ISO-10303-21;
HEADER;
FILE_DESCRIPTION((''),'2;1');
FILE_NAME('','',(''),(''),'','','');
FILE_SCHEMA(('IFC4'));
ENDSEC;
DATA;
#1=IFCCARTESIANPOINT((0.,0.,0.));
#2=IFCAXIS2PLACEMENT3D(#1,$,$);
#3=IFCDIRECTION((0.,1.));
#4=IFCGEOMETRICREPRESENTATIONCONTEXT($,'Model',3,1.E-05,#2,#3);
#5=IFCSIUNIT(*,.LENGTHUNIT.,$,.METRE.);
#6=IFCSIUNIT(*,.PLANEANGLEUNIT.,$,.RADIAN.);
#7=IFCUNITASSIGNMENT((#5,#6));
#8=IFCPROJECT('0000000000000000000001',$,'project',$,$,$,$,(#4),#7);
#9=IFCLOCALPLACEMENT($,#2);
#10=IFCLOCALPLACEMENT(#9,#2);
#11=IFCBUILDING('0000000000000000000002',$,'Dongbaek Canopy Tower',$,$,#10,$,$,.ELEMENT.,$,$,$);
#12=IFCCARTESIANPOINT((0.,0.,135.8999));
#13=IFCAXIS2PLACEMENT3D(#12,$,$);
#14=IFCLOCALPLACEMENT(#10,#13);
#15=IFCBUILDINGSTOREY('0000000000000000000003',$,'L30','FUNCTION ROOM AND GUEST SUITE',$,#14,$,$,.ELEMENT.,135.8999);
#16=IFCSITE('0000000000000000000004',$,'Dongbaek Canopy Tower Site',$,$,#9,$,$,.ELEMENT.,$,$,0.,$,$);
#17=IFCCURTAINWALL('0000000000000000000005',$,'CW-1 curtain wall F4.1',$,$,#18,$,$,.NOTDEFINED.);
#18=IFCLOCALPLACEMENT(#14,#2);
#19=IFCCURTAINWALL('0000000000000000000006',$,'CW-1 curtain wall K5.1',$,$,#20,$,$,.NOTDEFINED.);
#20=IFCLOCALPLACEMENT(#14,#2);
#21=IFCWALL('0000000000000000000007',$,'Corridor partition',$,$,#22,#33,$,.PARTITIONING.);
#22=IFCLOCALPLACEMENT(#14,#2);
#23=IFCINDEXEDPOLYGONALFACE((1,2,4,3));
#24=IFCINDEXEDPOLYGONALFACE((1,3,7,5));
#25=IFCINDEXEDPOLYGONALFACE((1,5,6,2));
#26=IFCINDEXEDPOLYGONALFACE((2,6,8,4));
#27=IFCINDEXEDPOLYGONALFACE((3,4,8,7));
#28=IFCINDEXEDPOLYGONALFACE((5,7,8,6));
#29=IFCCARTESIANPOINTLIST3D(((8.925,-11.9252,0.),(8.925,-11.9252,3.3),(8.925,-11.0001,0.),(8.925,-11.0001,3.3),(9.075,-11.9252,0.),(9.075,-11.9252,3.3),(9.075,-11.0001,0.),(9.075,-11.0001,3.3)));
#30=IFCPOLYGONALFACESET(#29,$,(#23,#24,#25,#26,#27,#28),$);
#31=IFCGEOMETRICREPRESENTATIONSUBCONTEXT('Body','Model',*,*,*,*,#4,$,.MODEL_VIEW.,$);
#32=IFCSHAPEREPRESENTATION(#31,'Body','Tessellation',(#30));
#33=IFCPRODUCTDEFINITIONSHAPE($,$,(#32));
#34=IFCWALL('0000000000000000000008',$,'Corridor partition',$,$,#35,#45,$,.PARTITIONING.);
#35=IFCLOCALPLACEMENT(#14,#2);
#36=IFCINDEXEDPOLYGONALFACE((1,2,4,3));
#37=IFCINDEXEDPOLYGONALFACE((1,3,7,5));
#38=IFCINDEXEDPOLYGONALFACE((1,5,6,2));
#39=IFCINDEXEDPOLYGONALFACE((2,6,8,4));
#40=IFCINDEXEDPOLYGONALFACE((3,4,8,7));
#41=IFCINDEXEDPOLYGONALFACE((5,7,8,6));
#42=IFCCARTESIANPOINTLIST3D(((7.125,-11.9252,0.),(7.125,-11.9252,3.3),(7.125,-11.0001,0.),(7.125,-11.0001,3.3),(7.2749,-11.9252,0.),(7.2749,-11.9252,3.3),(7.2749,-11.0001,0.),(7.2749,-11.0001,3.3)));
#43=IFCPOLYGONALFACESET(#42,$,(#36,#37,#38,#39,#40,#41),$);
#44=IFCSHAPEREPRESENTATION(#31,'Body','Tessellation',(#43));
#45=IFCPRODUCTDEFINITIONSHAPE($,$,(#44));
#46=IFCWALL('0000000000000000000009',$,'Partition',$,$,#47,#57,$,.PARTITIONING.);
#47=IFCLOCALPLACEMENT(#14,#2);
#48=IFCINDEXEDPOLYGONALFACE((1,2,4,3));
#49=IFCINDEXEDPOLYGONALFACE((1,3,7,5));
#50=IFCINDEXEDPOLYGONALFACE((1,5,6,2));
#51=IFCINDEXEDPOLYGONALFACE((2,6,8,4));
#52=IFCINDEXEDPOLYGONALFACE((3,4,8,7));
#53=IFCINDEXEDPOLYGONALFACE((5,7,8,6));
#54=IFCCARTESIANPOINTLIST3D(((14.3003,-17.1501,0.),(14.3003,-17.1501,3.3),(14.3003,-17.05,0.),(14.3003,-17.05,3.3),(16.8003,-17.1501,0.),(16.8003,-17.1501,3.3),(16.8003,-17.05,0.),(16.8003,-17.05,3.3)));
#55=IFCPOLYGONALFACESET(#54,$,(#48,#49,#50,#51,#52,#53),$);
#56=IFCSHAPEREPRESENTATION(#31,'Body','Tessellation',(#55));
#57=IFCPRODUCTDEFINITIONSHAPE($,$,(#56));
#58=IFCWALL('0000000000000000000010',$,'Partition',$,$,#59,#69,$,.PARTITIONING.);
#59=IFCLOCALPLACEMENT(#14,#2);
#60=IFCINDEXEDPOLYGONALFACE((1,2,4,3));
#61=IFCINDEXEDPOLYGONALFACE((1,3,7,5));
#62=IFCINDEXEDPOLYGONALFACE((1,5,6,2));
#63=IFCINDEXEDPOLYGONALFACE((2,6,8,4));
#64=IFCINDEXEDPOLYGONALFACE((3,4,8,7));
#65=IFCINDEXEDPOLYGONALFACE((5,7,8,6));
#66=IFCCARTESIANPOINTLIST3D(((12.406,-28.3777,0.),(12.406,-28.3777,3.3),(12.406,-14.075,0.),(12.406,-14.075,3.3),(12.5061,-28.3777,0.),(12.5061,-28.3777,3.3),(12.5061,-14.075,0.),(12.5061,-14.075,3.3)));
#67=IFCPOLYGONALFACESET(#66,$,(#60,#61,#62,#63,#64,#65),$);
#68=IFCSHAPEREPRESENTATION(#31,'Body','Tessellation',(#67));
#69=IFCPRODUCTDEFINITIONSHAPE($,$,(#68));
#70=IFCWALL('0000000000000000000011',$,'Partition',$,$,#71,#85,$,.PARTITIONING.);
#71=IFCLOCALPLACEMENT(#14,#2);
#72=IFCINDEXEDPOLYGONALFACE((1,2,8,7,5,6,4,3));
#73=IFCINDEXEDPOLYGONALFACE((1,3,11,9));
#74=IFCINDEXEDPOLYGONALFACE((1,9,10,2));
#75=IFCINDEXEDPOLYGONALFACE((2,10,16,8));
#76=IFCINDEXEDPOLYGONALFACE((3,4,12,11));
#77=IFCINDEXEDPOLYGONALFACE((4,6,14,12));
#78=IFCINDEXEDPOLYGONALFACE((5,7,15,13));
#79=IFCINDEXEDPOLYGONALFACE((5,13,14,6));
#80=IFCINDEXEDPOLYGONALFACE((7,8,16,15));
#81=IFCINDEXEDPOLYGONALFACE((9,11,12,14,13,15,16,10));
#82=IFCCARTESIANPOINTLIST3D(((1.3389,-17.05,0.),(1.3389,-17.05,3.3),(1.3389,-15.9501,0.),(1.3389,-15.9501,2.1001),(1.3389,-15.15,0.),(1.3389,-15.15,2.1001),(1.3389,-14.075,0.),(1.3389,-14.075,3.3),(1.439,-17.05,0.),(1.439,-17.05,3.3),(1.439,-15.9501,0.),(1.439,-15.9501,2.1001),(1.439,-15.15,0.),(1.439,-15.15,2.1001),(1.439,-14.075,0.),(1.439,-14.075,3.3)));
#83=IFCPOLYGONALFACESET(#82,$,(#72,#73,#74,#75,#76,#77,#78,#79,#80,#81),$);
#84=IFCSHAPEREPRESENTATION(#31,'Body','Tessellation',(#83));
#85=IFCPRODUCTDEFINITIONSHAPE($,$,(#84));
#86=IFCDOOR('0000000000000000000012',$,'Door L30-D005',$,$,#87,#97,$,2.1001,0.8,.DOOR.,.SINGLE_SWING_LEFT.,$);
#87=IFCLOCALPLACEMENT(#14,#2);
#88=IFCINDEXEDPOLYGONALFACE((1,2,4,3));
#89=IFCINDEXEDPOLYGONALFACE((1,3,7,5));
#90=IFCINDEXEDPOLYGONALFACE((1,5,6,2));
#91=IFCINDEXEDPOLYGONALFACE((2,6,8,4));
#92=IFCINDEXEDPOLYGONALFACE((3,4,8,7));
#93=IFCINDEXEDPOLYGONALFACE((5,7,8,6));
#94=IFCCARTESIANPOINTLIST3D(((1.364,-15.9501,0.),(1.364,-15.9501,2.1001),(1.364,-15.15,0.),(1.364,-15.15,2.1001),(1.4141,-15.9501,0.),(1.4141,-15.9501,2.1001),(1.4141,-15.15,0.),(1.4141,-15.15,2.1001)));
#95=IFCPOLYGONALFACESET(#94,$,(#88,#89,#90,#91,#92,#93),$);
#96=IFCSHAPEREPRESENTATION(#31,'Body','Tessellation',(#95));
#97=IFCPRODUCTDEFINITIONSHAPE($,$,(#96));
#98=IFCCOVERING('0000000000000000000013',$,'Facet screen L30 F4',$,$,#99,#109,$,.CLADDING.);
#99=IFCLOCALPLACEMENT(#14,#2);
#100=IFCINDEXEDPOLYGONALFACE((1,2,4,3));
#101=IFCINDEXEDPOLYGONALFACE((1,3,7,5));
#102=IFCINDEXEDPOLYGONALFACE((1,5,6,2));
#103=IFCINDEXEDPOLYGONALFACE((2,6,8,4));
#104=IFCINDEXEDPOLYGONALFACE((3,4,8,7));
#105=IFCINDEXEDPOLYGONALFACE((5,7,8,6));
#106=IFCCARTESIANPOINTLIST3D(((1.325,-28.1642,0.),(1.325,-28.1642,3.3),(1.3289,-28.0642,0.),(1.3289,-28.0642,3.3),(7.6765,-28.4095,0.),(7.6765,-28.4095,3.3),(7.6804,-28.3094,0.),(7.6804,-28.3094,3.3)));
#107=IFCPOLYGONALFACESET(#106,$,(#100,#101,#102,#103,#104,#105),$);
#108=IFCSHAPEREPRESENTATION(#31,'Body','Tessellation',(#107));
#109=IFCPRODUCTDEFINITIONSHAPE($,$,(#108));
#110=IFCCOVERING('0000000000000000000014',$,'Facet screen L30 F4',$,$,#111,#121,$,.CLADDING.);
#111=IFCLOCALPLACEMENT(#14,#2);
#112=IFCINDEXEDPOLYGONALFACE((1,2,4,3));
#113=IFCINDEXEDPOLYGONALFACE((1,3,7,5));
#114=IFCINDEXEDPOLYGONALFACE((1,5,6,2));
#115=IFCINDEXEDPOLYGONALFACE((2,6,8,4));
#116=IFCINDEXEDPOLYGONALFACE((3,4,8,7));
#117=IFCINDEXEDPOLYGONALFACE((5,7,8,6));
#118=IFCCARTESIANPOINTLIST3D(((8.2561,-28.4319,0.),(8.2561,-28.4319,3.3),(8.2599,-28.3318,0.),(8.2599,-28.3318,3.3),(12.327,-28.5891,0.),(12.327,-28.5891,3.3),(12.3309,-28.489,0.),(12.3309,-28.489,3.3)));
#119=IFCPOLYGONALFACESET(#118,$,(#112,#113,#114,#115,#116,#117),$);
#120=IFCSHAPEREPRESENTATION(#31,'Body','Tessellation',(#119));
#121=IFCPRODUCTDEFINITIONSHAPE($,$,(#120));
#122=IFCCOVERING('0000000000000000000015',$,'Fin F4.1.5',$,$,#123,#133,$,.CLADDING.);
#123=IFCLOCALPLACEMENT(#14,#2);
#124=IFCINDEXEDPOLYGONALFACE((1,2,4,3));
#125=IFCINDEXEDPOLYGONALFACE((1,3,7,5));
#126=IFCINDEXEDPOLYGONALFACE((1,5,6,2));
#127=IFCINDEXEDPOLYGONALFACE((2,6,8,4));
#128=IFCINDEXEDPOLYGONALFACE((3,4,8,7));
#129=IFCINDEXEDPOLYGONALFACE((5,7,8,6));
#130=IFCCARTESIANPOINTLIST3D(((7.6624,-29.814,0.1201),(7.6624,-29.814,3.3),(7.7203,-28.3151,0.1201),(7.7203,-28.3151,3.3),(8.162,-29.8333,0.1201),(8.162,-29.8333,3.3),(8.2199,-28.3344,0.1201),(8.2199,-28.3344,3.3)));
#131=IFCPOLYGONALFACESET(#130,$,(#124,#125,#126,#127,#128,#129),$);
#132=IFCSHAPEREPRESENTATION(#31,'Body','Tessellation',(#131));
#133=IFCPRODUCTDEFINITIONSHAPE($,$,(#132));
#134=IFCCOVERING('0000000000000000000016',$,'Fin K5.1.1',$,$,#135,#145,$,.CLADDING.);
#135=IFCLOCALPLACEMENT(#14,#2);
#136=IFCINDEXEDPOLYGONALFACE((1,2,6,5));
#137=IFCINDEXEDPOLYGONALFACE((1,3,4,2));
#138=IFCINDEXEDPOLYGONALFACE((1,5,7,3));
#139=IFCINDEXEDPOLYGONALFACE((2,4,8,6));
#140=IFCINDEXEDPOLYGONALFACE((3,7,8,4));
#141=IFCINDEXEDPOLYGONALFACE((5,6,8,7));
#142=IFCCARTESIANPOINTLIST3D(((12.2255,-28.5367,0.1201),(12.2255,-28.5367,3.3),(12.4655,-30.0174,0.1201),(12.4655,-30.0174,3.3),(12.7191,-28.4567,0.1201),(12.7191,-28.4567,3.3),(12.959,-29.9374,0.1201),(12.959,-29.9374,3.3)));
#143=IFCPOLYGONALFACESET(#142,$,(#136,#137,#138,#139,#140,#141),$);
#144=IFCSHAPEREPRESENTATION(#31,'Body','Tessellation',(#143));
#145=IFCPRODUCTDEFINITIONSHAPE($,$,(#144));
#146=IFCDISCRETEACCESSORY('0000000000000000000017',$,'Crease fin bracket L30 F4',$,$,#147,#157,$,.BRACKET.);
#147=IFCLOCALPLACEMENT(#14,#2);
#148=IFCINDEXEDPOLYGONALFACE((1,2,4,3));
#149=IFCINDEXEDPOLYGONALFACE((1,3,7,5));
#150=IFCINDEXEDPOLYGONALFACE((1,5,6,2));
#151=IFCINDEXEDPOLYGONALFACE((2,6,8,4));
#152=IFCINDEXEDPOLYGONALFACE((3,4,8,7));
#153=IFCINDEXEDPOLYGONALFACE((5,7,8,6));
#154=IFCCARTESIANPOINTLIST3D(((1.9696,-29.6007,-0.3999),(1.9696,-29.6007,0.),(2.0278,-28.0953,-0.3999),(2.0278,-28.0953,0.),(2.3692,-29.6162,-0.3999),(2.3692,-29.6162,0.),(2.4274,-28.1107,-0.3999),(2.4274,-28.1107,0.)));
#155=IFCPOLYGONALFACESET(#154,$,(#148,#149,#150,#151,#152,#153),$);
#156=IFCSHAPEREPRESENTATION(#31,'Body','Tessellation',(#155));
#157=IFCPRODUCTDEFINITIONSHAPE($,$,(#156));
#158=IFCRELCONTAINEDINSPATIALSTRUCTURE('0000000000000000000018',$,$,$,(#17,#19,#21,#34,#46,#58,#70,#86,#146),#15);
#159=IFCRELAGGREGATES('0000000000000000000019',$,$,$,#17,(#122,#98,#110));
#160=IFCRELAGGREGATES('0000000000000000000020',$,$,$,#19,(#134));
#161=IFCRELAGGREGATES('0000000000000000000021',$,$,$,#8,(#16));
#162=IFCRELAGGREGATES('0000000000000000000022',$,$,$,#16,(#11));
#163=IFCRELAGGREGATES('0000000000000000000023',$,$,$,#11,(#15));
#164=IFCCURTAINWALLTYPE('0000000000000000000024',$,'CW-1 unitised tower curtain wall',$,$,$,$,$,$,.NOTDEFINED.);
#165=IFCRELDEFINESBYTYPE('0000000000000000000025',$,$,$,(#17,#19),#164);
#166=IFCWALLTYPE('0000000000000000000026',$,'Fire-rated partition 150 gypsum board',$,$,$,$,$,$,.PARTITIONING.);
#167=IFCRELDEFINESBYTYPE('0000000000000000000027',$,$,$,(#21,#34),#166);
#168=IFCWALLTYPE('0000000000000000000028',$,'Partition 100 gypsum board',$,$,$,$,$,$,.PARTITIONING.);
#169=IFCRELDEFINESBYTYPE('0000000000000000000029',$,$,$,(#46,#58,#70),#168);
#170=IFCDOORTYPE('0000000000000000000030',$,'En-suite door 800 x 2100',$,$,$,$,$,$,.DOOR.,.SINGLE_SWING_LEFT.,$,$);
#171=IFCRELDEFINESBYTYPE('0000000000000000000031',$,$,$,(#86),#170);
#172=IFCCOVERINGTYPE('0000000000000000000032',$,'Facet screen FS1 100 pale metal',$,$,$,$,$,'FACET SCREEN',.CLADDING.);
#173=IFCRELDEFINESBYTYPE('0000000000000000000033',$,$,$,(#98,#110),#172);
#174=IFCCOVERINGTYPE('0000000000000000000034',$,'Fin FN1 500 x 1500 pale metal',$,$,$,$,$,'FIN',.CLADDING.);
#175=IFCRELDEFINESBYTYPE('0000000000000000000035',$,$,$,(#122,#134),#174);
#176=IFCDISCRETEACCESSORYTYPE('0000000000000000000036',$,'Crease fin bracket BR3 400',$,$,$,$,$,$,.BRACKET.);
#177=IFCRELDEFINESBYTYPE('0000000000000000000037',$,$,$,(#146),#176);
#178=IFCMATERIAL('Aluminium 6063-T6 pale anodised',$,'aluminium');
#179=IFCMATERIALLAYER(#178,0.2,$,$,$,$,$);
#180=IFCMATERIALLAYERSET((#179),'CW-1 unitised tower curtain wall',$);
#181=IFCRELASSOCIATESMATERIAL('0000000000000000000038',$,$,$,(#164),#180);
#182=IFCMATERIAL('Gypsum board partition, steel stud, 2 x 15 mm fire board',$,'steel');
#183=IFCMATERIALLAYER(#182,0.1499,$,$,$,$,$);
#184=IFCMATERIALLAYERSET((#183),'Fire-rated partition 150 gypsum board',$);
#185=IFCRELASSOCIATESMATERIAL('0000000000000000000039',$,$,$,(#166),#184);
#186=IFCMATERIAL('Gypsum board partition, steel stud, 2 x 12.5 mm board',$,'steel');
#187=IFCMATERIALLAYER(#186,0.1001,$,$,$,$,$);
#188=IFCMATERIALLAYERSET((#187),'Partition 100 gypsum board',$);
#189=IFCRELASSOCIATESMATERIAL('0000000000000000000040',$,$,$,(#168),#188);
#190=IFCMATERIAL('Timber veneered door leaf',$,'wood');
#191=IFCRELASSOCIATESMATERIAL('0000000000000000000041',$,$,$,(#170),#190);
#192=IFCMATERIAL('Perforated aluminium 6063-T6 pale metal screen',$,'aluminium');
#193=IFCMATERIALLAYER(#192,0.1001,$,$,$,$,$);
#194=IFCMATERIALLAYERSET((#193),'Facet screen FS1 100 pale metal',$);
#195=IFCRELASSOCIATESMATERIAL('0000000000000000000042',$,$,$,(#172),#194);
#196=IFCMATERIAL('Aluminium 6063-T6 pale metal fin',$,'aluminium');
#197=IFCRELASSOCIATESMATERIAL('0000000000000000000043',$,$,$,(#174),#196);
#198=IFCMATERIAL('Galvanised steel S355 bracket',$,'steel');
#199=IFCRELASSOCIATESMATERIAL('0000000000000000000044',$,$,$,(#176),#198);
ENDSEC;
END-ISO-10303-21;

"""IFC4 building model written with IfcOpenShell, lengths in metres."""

from ifc_helpers import new_model, si_unit, direction, frame, frame_2d, origin, origin_2d, place, context, subcontext, project, spatial, rectangle, extrude, material, layer, layer_set, material_profile, profile_set, type_object, element, fill, aggregate, save


model = new_model("IFC4")

# Units and contexts
model_context = context("Model", 3, precision=1e-05, world=origin(), true_north=direction((0.0, 1.0)))
body_context = subcontext(model_context, "Body", "Model", "MODEL_VIEW")
ifc_project = project(units=[si_unit("LENGTHUNIT", "METRE"), si_unit("PLANEANGLEUNIT", "RADIAN")], contexts=[model_context])

# Site, building, storey
site_placement = place(None, origin())
site = spatial("IfcSite", under=ifc_project, at=site_placement, Name="Dongbaek Canopy Tower Site", CompositionType="ELEMENT", RefElevation=0.0)
building_placement = place(site_placement, origin())
building = spatial("IfcBuilding", under=site, at=building_placement, Name="Dongbaek Canopy Tower", CompositionType="ELEMENT")
storey_placement = place(building_placement, frame((0.0, 0.0, 135.8999)))
storey = spatial("IfcBuildingStorey", under=building, at=storey_placement, Name="L30", Description="FUNCTION ROOM AND GUEST SUITE", CompositionType="ELEMENT", Elevation=135.8999)

# Curtain wall
ifc_material_1 = material(Name="Aluminium 6063-T6 pale anodised", Category="aluminium")
ifc_layer_1 = layer(ifc_material_1, 0.2)
ifc_layer_set_1 = layer_set([ifc_layer_1], Name="CW-1 unitised tower curtain wall")
curtain_wall_type = type_object("IfcCurtainWallType", Name="CW-1 unitised tower curtain wall", PredefinedType="NOTDEFINED", material=ifc_layer_set_1)
curtain_wall_1_placement = place(storey_placement, origin())
curtain_wall_1 = element("IfcCurtainWall", 1, at=curtain_wall_1_placement, inside=storey, type_object=curtain_wall_type, Name="CW-1 curtain wall F4.1", PredefinedType="NOTDEFINED")

# Curtain wall
curtain_wall_2_placement = place(storey_placement, origin())
curtain_wall_2 = element("IfcCurtainWall", 2, at=curtain_wall_2_placement, inside=storey, type_object=curtain_wall_type, Name="CW-1 curtain wall K5.1", PredefinedType="NOTDEFINED")

# Walls
ifc_material_2 = material(Name="Gypsum board partition, steel stud, 2 x 15 mm fire board", Category="steel")
ifc_layer_2 = layer(ifc_material_2, 0.1499)
ifc_layer_set_2 = layer_set([ifc_layer_2], Name="Fire-rated partition 150 gypsum board")
wall_type_1 = type_object("IfcWallType", Name="Fire-rated partition 150 gypsum board", PredefinedType="PARTITIONING", material=ifc_layer_set_2)
for number, where, z_axis, x_axis, name in (
    (3, (9.0, -11.925, 0.0), (0.0, 0.0, 1.0), (0.0, 1.0, 0.0), "Corridor partition"),
    (4, (7.2, -11.925, 0.0), (0.0, 0.0, 1.0), (0.0, 1.0, 0.0), "Corridor partition"),
):
    element("IfcWall", number, at=place(storey_placement, frame(where, z_axis=z_axis, x_axis=x_axis)), inside=storey, type_object=wall_type_1, Name=name, PredefinedType="PARTITIONING", context=body_context, shape_type="SweptSolid", body=[
        extrude(rectangle(XDim=0.925, YDim=0.1499, at=frame_2d((0.4624, 0.0))), origin(), (0.0, 0.0, 1.0), 3.3),
    ])
ifc_material_3 = material(Name="Gypsum board partition, steel stud, 2 x 12.5 mm board", Category="steel")
ifc_layer_3 = layer(ifc_material_3, 0.1001)
ifc_layer_set_3 = layer_set([ifc_layer_3], Name="Partition 100 gypsum board")
wall_type_2 = type_object("IfcWallType", Name="Partition 100 gypsum board", PredefinedType="PARTITIONING", material=ifc_layer_set_3)
wall_1_placement = place(storey_placement, frame((14.3003, -17.1001, 0.0), z_axis=(0.0, 0.0, 1.0), x_axis=(1.0, 0.0, 0.0)))
element("IfcWall", 5, at=wall_1_placement, inside=storey, type_object=wall_type_2, Name="Partition", PredefinedType="PARTITIONING", context=body_context, shape_type="SweptSolid", body=[
    extrude(rectangle(XDim=2.5, YDim=0.1001, at=frame_2d((1.25, 0.0))), origin(), (0.0, 0.0, 1.0), 3.3),
])
wall_2_placement = place(storey_placement, frame((12.4561, -28.3777, 0.0), z_axis=(0.0, 0.0, 1.0), x_axis=(0.0, 1.0, 0.0)))
element("IfcWall", 6, at=wall_2_placement, inside=storey, type_object=wall_type_2, Name="Partition", PredefinedType="PARTITIONING", context=body_context, shape_type="SweptSolid", body=[
    extrude(rectangle(XDim=14.3027, YDim=0.1001, at=frame_2d((7.1514, 0.0))), origin(), (0.0, 0.0, 1.0), 3.3),
])

# Wall, opening, door
wall_3_placement = place(storey_placement, frame((1.3889, -17.05, 0.0), z_axis=(0.0, 0.0, 1.0), x_axis=(0.0, 1.0, 0.0)))
wall_3 = element("IfcWall", 7, at=wall_3_placement, inside=storey, type_object=wall_type_2, Name="Partition", PredefinedType="PARTITIONING", context=body_context, shape_type="SweptSolid", body=[
    extrude(rectangle(XDim=2.9751, YDim=0.1001, at=frame_2d((1.4875, 0.0))), origin(), (0.0, 0.0, 1.0), 3.3),
])
opening_placement = place(wall_3_placement, frame((1.1001, 0.0, 0.0)))
opening = element("IfcOpeningElement", 8, at=opening_placement, cuts=wall_3, PredefinedType="OPENING", context=body_context, shape_type="SweptSolid", body=[
    extrude(rectangle(XDim=0.8, YDim=2.1001, at=frame_2d((0.3999, 1.05))), frame((0.0, 0.0601, 0.0), z_axis=(0.0, -1.0, 0.0), x_axis=(1.0, 0.0, 0.0)), (0.0, 0.0, 1.0), 0.1201),
])
ifc_material_4 = material(Name="Timber veneered door leaf", Category="wood")
door_type = type_object("IfcDoorType", Name="En-suite door 800 x 2100", OperationType="SINGLE_SWING_LEFT", PredefinedType="DOOR", material=ifc_material_4)
door_placement = place(opening_placement, origin())
door = element("IfcDoor", 9, at=door_placement, inside=storey, type_object=door_type, Name="Door L30-D005", OperationType="SINGLE_SWING_LEFT", OverallHeight=2.1001, OverallWidth=0.8, PredefinedType="DOOR", context=body_context, shape_type="SweptSolid", body=[
    extrude(rectangle(XDim=0.8, YDim=2.1001, at=frame_2d((0.3999, 1.05))), frame((0.0, 0.0249, 0.0), z_axis=(0.0, -1.0, 0.0), x_axis=(1.0, 0.0, 0.0)), (0.0, 0.0, 1.0), 0.05),
])
fill(opening, door)

# Coverings
ifc_material_5 = material(Name="Perforated aluminium 6063-T6 pale metal screen", Category="aluminium")
ifc_layer_4 = layer(ifc_material_5, 0.1001)
ifc_layer_set_4 = layer_set([ifc_layer_4], Name="Facet screen FS1 100 pale metal")
covering_type_1 = type_object("IfcCoveringType", Name="Facet screen FS1 100 pale metal", ElementType="FACET SCREEN", PredefinedType="CLADDING", material=ifc_layer_set_4)
covering_1_placement = place(storey_placement, frame((4.5027, -28.2368, 0.0), z_axis=(0.0, 0.0, 1.0), x_axis=(0.999255, -0.038587, 0.0)))
covering_1 = element("IfcCovering", 10, at=covering_1_placement, type_object=covering_type_1, Name="Facet screen L30 F4", PredefinedType="CLADDING", context=body_context, shape_type="SweptSolid", body=[
    extrude(rectangle(XDim=6.3562, YDim=0.1001, at=origin_2d()), origin(), (0.0, 0.0, 1.0), 3.3),
])
covering_2_placement = place(storey_placement, frame((10.2935, -28.4604, 0.0), z_axis=(0.0, 0.0, 1.0), x_axis=(0.999255, -0.038587, 0.0)))
covering_2 = element("IfcCovering", 11, at=covering_2_placement, type_object=covering_type_1, Name="Facet screen L30 F4", PredefinedType="CLADDING", context=body_context, shape_type="SweptSolid", body=[
    extrude(rectangle(XDim=4.074, YDim=0.1001, at=origin_2d()), origin(), (0.0, 0.0, 1.0), 3.3),
])
ifc_material_6 = material(Name="Aluminium 6063-T6 pale metal fin", Category="aluminium")
ifc_material_profile_1 = material_profile(ifc_material_6, rectangle(XDim=1.5, YDim=0.5, at=origin_2d()), Name="Fin FN1 500 x 1500 pale metal")
ifc_profile_set_1 = profile_set([ifc_material_profile_1], Name="Aluminium 6063-T6 pale metal fin")
covering_type_2 = type_object("IfcCoveringType", Name="Fin FN1 500 x 1500 pale metal", ElementType="FIN", PredefinedType="CLADDING", material=ifc_profile_set_1)
covering_3_placement = place(storey_placement, frame((7.9412, -29.0742, 0.1201), z_axis=(0.0, 0.0, 1.0), x_axis=(-0.038587, -0.999255, 0.0)))
covering_3 = element("IfcCovering", 12, at=covering_3_placement, type_object=covering_type_2, Name="Fin F4.1.5", PredefinedType="CLADDING", context=body_context, shape_type="SweptSolid", body=[
    extrude(rectangle(XDim=1.5, YDim=0.5, at=origin_2d()), origin(), (0.0, 0.0, 1.0), 3.1799),
])
aggregate(curtain_wall_1, [covering_3, covering_1, covering_2])
covering_4_placement = place(storey_placement, frame((12.5923, -29.2371, 0.1201), z_axis=(0.0, 0.0, 1.0), x_axis=(0.159963, -0.987123, 0.0)))
covering_4 = element("IfcCovering", 13, at=covering_4_placement, type_object=covering_type_2, Name="Fin K5.1.1", PredefinedType="CLADDING", context=body_context, shape_type="SweptSolid", body=[
    extrude(rectangle(XDim=1.5, YDim=0.5, at=origin_2d()), origin(), (0.0, 0.0, 1.0), 3.1799),
])
aggregate(curtain_wall_2, [covering_4])

# Discrete accessory
ifc_material_7 = material(Name="Galvanised steel S355 bracket", Category="steel")
discrete_accessory_type = type_object("IfcDiscreteAccessoryType", Name="Crease fin bracket BR3 400", PredefinedType="BRACKET", material=ifc_material_7)
discrete_accessory_placement = place(storey_placement, frame((2.1985, -28.8557, -0.3999), z_axis=(0.0, 0.0, 1.0), x_axis=(-0.038587, -0.999255, 0.0)))
element("IfcDiscreteAccessory", 14, at=discrete_accessory_placement, inside=storey, type_object=discrete_accessory_type, Name="Crease fin bracket L30 F4", PredefinedType="BRACKET", context=body_context, shape_type="SweptSolid", body=[
    extrude(rectangle(XDim=1.5066, YDim=0.3999, at=origin_2d()), origin(), (0.0, 0.0, 1.0), 0.3999),
])

save(model, "model.ifc")
